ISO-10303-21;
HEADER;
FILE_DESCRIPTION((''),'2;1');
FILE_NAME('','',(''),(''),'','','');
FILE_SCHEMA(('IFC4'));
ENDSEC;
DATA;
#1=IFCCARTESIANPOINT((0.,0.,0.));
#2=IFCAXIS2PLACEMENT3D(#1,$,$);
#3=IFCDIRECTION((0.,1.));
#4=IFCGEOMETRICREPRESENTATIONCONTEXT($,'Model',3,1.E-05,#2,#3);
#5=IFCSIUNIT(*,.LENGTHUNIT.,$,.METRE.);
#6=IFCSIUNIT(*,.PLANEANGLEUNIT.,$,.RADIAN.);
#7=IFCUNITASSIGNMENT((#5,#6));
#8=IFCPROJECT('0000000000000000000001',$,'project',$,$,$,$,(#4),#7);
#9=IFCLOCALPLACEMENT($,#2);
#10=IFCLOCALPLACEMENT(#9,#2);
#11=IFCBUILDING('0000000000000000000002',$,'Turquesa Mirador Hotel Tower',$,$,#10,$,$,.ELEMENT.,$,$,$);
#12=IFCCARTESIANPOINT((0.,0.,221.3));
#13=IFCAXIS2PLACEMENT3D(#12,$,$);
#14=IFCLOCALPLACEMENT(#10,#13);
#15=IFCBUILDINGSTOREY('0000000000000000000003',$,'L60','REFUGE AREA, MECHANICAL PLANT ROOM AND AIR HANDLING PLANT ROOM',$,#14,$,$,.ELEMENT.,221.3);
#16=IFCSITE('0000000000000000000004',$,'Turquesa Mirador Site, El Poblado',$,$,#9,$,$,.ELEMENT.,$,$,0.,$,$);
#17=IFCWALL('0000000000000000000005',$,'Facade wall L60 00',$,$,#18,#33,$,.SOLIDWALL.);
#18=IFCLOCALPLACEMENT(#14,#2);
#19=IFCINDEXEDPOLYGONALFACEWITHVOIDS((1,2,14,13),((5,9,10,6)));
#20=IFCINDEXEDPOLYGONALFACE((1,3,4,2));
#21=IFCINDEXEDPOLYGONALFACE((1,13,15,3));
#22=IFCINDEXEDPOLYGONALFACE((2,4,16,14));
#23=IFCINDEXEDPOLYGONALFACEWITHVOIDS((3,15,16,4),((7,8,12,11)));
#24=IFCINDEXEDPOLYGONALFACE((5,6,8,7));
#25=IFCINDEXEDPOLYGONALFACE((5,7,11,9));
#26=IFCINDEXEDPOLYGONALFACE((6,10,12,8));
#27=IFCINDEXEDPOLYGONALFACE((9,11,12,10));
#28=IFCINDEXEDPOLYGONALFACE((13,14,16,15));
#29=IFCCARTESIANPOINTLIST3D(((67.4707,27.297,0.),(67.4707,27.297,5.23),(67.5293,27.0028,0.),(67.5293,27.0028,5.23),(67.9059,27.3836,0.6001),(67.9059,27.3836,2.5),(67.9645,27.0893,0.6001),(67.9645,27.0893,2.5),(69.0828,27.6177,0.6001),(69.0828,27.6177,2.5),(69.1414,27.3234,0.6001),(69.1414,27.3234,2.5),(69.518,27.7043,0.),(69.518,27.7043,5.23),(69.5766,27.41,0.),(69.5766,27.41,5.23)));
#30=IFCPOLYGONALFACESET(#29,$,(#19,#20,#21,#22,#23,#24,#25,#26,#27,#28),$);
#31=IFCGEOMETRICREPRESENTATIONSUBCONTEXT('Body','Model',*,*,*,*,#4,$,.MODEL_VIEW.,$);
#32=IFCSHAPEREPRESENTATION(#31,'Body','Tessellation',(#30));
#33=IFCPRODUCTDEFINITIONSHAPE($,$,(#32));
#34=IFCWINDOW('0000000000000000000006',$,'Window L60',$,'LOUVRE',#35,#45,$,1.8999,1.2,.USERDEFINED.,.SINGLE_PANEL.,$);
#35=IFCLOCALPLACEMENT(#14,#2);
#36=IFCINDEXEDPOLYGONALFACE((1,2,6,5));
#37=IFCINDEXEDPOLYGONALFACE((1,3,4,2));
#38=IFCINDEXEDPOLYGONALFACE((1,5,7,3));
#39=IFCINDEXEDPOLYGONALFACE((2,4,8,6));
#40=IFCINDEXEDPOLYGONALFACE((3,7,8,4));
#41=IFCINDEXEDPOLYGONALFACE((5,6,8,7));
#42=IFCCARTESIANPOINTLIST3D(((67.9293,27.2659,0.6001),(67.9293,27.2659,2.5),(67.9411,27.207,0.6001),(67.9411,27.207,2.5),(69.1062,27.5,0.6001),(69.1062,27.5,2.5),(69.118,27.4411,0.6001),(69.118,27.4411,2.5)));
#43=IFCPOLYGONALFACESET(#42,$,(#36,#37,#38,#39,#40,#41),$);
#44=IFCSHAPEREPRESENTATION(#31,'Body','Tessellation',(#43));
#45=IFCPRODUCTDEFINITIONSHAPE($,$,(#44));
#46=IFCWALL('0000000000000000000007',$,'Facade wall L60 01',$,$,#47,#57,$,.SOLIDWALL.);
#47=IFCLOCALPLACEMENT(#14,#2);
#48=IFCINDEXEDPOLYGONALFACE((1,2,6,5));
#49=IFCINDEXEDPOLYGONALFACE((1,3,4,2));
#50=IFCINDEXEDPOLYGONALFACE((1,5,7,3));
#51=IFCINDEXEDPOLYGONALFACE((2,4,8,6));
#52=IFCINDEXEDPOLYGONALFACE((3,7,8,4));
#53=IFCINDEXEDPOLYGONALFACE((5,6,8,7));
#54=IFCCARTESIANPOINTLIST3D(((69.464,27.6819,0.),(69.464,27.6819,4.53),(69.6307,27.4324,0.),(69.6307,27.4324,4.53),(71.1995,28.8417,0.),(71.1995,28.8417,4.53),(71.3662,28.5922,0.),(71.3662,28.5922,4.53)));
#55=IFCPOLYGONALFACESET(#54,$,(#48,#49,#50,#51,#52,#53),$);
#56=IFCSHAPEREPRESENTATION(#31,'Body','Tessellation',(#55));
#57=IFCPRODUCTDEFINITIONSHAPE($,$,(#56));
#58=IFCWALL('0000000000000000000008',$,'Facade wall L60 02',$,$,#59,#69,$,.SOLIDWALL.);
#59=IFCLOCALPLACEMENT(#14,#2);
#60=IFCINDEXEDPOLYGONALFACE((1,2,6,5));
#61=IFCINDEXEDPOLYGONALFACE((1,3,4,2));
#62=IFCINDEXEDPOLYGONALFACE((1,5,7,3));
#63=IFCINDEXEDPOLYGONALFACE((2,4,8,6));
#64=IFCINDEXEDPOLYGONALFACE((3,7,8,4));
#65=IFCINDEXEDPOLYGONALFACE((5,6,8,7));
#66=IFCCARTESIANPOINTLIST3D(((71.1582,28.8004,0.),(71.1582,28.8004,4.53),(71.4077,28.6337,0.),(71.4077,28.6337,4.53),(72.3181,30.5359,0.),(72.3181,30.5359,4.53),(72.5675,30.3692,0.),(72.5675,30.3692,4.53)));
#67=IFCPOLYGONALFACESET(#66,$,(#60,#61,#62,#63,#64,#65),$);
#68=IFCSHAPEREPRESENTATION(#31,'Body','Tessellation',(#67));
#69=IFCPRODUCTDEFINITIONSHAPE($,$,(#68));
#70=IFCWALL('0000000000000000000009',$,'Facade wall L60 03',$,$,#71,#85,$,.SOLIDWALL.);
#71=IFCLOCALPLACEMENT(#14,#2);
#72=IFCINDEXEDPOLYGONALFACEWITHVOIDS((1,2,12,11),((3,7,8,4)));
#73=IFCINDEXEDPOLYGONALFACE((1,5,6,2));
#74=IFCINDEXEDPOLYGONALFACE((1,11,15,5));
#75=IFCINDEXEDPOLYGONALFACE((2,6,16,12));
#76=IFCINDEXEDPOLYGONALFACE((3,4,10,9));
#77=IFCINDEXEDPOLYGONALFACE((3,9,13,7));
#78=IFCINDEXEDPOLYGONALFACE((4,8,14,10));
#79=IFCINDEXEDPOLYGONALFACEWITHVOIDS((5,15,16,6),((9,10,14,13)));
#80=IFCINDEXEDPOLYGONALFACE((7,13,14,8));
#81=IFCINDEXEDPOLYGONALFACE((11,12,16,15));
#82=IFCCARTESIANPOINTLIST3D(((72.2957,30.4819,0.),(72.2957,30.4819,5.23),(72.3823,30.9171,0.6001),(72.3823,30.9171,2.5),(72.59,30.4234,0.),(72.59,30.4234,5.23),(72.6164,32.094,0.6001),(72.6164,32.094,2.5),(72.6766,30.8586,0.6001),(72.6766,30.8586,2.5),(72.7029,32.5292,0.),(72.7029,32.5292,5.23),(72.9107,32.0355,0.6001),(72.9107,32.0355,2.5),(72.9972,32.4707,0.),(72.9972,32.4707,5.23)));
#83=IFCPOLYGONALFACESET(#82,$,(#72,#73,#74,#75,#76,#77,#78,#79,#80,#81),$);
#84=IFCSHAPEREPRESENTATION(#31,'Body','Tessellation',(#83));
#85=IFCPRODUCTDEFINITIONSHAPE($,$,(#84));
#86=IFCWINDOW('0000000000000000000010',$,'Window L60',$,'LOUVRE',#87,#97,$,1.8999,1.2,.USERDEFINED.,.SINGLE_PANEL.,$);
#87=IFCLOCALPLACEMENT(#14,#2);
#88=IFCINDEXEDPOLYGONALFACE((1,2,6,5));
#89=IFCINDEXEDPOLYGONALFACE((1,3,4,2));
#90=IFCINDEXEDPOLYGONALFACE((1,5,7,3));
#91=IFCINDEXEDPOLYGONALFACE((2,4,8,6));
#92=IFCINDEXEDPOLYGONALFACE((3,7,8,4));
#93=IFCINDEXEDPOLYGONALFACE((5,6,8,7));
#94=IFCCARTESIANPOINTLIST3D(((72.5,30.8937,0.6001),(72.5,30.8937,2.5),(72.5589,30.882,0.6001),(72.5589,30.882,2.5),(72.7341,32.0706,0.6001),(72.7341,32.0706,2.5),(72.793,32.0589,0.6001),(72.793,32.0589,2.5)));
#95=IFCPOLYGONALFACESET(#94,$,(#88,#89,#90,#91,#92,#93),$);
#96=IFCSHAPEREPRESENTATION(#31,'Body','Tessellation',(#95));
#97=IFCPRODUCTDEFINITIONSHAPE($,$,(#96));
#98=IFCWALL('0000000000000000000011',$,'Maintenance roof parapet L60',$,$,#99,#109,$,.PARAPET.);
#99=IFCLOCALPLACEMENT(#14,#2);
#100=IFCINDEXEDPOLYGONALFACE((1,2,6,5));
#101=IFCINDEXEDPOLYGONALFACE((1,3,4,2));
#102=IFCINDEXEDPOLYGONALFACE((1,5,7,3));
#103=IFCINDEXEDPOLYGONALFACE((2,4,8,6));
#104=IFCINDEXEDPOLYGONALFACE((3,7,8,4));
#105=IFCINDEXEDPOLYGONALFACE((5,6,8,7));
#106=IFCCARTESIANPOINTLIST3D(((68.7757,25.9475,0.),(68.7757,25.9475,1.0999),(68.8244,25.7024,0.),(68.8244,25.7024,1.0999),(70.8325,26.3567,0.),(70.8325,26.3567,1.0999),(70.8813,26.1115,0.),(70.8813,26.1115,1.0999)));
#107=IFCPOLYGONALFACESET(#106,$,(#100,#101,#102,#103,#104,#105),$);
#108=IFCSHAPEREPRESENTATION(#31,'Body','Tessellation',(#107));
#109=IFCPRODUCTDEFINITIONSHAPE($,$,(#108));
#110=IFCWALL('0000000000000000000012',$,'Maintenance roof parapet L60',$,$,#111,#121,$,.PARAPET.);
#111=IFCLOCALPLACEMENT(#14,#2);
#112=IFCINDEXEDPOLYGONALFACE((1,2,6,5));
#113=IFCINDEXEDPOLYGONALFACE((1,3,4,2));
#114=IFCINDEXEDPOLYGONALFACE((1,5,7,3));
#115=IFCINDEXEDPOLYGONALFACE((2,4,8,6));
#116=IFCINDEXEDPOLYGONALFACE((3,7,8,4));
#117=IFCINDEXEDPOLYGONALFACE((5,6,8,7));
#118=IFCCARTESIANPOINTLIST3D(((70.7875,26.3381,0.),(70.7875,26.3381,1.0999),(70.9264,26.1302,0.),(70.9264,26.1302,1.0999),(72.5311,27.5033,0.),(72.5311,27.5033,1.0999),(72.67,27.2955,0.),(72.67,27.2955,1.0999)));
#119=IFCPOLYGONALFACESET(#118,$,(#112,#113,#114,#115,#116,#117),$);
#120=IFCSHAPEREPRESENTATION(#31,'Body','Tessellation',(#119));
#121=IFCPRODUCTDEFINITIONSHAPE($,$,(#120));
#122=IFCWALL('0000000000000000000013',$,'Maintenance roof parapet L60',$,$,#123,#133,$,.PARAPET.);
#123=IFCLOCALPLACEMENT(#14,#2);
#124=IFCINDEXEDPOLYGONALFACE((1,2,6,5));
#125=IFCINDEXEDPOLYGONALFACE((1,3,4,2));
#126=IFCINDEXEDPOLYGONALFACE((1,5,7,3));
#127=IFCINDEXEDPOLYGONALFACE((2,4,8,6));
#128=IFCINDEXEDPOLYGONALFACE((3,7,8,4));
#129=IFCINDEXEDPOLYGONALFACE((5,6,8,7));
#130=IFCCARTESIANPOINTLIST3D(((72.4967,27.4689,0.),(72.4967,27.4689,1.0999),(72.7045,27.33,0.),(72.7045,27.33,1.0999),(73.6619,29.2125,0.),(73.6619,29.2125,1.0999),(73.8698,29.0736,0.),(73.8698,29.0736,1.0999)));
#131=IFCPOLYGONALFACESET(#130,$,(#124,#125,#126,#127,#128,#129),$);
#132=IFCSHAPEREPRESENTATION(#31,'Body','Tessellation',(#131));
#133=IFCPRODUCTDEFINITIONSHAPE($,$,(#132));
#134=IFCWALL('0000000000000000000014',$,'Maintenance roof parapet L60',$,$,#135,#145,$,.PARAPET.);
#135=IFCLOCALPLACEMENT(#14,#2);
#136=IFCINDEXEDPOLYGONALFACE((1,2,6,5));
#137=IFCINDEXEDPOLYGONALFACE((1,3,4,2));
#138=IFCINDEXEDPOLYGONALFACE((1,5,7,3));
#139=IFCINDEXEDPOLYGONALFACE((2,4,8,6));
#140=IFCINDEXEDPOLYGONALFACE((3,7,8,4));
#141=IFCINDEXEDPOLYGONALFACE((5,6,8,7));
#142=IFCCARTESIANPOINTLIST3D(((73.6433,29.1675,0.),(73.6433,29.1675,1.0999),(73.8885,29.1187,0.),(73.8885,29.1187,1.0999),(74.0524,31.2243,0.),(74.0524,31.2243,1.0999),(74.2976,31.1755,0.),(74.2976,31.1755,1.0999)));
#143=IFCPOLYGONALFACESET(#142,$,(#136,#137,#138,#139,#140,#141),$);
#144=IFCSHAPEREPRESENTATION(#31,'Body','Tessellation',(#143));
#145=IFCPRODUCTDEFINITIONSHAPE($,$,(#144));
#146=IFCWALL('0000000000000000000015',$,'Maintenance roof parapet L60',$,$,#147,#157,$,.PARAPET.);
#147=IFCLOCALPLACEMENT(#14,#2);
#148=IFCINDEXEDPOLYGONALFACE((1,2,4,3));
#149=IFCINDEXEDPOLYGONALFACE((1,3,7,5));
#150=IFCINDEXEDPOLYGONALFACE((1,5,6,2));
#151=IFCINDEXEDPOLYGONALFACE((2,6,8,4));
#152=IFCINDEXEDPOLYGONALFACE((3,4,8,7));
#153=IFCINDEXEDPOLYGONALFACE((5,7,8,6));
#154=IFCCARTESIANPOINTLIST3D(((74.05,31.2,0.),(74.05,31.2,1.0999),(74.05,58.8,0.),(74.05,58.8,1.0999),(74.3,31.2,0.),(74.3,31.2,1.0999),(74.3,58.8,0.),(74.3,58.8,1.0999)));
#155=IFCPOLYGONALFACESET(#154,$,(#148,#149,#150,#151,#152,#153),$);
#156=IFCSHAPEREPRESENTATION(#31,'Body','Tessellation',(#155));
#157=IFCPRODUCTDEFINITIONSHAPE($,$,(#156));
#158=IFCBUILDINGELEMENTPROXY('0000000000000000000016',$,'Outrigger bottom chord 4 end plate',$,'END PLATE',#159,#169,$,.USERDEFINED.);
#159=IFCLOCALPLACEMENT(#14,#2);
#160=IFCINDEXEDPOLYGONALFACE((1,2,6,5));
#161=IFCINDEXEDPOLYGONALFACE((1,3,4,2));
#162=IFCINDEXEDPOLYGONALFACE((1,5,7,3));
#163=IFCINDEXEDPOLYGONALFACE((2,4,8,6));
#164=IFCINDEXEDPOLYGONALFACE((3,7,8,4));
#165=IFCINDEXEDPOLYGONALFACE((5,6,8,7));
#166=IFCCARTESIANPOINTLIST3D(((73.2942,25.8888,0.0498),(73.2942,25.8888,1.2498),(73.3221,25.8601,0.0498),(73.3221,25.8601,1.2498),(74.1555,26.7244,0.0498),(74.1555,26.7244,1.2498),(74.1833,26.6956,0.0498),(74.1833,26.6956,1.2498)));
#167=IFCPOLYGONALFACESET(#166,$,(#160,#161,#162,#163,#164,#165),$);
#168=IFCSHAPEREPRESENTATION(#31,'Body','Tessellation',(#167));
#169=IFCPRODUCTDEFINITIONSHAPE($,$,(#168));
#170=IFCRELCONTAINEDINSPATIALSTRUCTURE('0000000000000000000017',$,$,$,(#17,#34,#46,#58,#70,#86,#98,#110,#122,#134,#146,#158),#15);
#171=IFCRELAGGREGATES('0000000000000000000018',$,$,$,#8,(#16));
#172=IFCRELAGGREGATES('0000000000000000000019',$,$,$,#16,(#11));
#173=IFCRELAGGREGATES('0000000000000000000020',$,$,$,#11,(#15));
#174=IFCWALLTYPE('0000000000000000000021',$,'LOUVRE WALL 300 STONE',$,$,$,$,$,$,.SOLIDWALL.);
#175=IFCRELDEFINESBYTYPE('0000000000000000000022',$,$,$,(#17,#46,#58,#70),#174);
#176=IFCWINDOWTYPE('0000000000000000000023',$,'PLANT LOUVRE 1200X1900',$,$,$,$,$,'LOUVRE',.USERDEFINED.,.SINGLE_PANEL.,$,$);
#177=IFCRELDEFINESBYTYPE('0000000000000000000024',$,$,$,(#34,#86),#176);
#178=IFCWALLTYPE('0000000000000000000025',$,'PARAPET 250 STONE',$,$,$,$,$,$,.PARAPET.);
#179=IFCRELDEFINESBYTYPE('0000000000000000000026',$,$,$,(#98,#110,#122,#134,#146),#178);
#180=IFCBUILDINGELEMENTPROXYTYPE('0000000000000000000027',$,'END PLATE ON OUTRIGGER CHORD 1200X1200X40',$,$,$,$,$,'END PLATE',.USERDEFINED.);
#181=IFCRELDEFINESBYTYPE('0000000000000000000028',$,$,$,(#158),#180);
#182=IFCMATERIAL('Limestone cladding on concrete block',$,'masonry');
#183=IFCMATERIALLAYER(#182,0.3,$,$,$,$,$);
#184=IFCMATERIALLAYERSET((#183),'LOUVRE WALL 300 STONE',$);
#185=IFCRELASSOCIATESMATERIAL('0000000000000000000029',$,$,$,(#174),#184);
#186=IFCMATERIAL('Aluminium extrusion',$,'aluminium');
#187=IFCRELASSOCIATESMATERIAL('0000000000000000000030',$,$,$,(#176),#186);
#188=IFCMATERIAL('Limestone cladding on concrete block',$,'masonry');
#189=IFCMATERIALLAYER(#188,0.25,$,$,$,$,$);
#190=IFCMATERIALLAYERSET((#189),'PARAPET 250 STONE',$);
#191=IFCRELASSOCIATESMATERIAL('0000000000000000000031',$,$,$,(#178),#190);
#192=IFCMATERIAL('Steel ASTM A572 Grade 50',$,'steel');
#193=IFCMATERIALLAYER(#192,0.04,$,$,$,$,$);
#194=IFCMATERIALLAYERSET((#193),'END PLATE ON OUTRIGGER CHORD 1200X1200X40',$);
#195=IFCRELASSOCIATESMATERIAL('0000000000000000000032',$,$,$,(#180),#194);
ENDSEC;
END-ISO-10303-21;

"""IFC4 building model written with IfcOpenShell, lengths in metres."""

from ifc_helpers import new_model, si_unit, direction, frame, frame_2d, origin, origin_2d, place, context, subcontext, project, spatial, rectangle, extrude, material, layer, layer_set, type_object, element, fill, save


model = new_model("IFC4")

# Units and contexts
model_context = context("Model", 3, precision=1e-05, world=origin(), true_north=direction((0.0, 1.0)))
body_context = subcontext(model_context, "Body", "Model", "MODEL_VIEW")
ifc_project = project(units=[si_unit("LENGTHUNIT", "METRE"), si_unit("PLANEANGLEUNIT", "RADIAN")], contexts=[model_context])

# Site, building, storey
site_placement = place(None, origin())
site = spatial("IfcSite", under=ifc_project, at=site_placement, Name="Turquesa Mirador Site, El Poblado", CompositionType="ELEMENT", RefElevation=0.0)
building_placement = place(site_placement, origin())
building = spatial("IfcBuilding", under=site, at=building_placement, Name="Turquesa Mirador Hotel Tower", CompositionType="ELEMENT")
storey_placement = place(building_placement, frame((0.0, 0.0, 221.3)))
storey = spatial("IfcBuildingStorey", under=building, at=storey_placement, Name="L60", Description="REFUGE AREA, MECHANICAL PLANT ROOM AND AIR HANDLING PLANT ROOM", CompositionType="ELEMENT", Elevation=221.3)

# Wall, opening, window
ifc_material_1 = material(Name="Limestone cladding on concrete block", Category="masonry")
ifc_layer_1 = layer(ifc_material_1, 0.3)
ifc_layer_set_1 = layer_set([ifc_layer_1], Name="LOUVRE WALL 300 STONE")
wall_type_1 = type_object("IfcWallType", Name="LOUVRE WALL 300 STONE", PredefinedType="SOLIDWALL", material=ifc_layer_set_1)
wall_1_placement = place(storey_placement, frame((67.5, 27.1499, 0.0), z_axis=(0.0, 0.0, 1.0), x_axis=(0.980787, 0.195081, 0.0)))
wall_1 = element("IfcWall", 1, at=wall_1_placement, inside=storey, type_object=wall_type_1, Name="Facade wall L60 00", PredefinedType="SOLIDWALL", context=body_context, shape_type="SweptSolid", body=[
    extrude(rectangle(XDim=2.0874, YDim=0.3, at=frame_2d((1.0437, 0.0))), origin(), (0.0, 0.0, 1.0), 5.23),
])
opening_1_placement = place(wall_1_placement, frame((0.4436, 0.0, 0.6001)))
opening_1 = element("IfcOpeningElement", 2, at=opening_1_placement, cuts=wall_1, PredefinedType="OPENING", context=body_context, shape_type="SweptSolid", body=[
    extrude(rectangle(XDim=1.2, YDim=1.8999, at=frame_2d((0.6001, 0.95))), frame((0.0, 0.1599, 0.0), z_axis=(0.0, -1.0, 0.0), x_axis=(1.0, 0.0, 0.0)), (0.0, 0.0, 1.0), 0.3201),
])
ifc_material_2 = material(Name="Aluminium extrusion", Category="aluminium")
window_type = type_object("IfcWindowType", Name="PLANT LOUVRE 1200X1900", ElementType="LOUVRE", PartitioningType="SINGLE_PANEL", PredefinedType="USERDEFINED", material=ifc_material_2)
window_1_placement = place(opening_1_placement, origin())
window_1 = element("IfcWindow", 3, at=window_1_placement, inside=storey, type_object=window_type, Name="Window L60", ObjectType="LOUVRE", OverallHeight=1.8999, OverallWidth=1.2, PartitioningType="SINGLE_PANEL", PredefinedType="USERDEFINED", context=body_context, shape_type="SweptSolid", body=[
    extrude(rectangle(XDim=1.2, YDim=1.8999, at=frame_2d((0.6001, 0.95))), frame((0.0, 0.03, 0.0), z_axis=(0.0, -1.0, 0.0), x_axis=(1.0, 0.0, 0.0)), (0.0, 0.0, 1.0), 0.0601),
])
fill(opening_1, window_1)

# Walls
for number, where, z_axis, x_axis, name in (
    (4, (69.5474, 27.5571, 0.0), (0.0, 0.0, 1.0), (0.83142, 0.555644, 0.0), "Facade wall L60 01"),
    (5, (71.283, 28.717, 0.0), (0.0, 0.0, 1.0), (0.555644, 0.83142, 0.0), "Facade wall L60 02"),
):
    element("IfcWall", number, at=place(storey_placement, frame(where, z_axis=z_axis, x_axis=x_axis)), inside=storey, type_object=wall_type_1, Name=name, PredefinedType="SOLIDWALL", context=body_context, shape_type="SweptSolid", body=[
        extrude(rectangle(XDim=2.0874, YDim=0.3, at=frame_2d((1.0437, 0.0))), origin(), (0.0, 0.0, 1.0), 4.53),
    ])

# Wall, opening, window
wall_2_placement = place(storey_placement, frame((72.4429, 30.4526, 0.0), z_axis=(0.0, 0.0, 1.0), x_axis=(0.195081, 0.980787, 0.0)))
wall_2 = element("IfcWall", 6, at=wall_2_placement, inside=storey, type_object=wall_type_1, Name="Facade wall L60 03", PredefinedType="SOLIDWALL", context=body_context, shape_type="SweptSolid", body=[
    extrude(rectangle(XDim=2.0874, YDim=0.3, at=frame_2d((1.0437, 0.0))), origin(), (0.0, 0.0, 1.0), 5.23),
])
opening_2_placement = place(wall_2_placement, frame((0.4436, 0.0, 0.6001)))
opening_2 = element("IfcOpeningElement", 7, at=opening_2_placement, cuts=wall_2, PredefinedType="OPENING", context=body_context, shape_type="SweptSolid", body=[
    extrude(rectangle(XDim=1.2, YDim=1.8999, at=frame_2d((0.6001, 0.95))), frame((0.0, 0.1599, 0.0), z_axis=(0.0, -1.0, 0.0), x_axis=(1.0, 0.0, 0.0)), (0.0, 0.0, 1.0), 0.3201),
])
window_2_placement = place(opening_2_placement, origin())
window_2 = element("IfcWindow", 8, at=window_2_placement, inside=storey, type_object=window_type, Name="Window L60", ObjectType="LOUVRE", OverallHeight=1.8999, OverallWidth=1.2, PartitioningType="SINGLE_PANEL", PredefinedType="USERDEFINED", context=body_context, shape_type="SweptSolid", body=[
    extrude(rectangle(XDim=1.2, YDim=1.8999, at=frame_2d((0.6001, 0.95))), frame((0.0, 0.03, 0.0), z_axis=(0.0, -1.0, 0.0), x_axis=(1.0, 0.0, 0.0)), (0.0, 0.0, 1.0), 0.0601),
])
fill(opening_2, window_2)

# Walls
ifc_material_3 = material(Name="Limestone cladding on concrete block", Category="masonry")
ifc_layer_2 = layer(ifc_material_3, 0.25)
ifc_layer_set_2 = layer_set([ifc_layer_2], Name="PARAPET 250 STONE")
wall_type_2 = type_object("IfcWallType", Name="PARAPET 250 STONE", PredefinedType="PARAPET", material=ifc_layer_set_2)
for number, where, z_axis, x_axis, name in (
    (9, (68.8, 25.825, 0.0), (0.0, 0.0, 1.0), (0.980782, 0.195109, 0.0), "Maintenance roof parapet L60"),
    (10, (70.8569, 26.2341, 0.0), (0.0, 0.0, 1.0), (0.831423, 0.55564, 0.0), "Maintenance roof parapet L60"),
    (11, (72.6006, 27.3994, 0.0), (0.0, 0.0, 1.0), (0.55564, 0.831423, 0.0), "Maintenance roof parapet L60"),
    (12, (73.7659, 29.1431, 0.0), (0.0, 0.0, 1.0), (0.195109, 0.980782, 0.0), "Maintenance roof parapet L60"),
):
    element("IfcWall", number, at=place(storey_placement, frame(where, z_axis=z_axis, x_axis=x_axis)), inside=storey, type_object=wall_type_2, Name=name, PredefinedType="PARAPET", context=body_context, shape_type="SweptSolid", body=[
        extrude(rectangle(XDim=2.0972, YDim=0.25, at=frame_2d((1.0486, 0.0))), origin(), (0.0, 0.0, 1.0), 1.0999),
    ])
wall_3_placement = place(storey_placement, frame((74.175, 31.2, 0.0), z_axis=(0.0, 0.0, 1.0), x_axis=(0.0, 1.0, 0.0)))
element("IfcWall", 13, at=wall_3_placement, inside=storey, type_object=wall_type_2, Name="Maintenance roof parapet L60", PredefinedType="PARAPET", context=body_context, shape_type="SweptSolid", body=[
    extrude(rectangle(XDim=27.6001, YDim=0.25, at=frame_2d((13.8, 0.0))), origin(), (0.0, 0.0, 1.0), 1.0999),
])

# Building element proxy
ifc_material_4 = material(Name="Steel ASTM A572 Grade 50", Category="steel")
ifc_layer_3 = layer(ifc_material_4, 0.04)
ifc_layer_set_3 = layer_set([ifc_layer_3], Name="END PLATE ON OUTRIGGER CHORD 1200X1200X40")
building_element_proxy_type = type_object("IfcBuildingElementProxyType", Name="END PLATE ON OUTRIGGER CHORD 1200X1200X40", ElementType="END PLATE", PredefinedType="USERDEFINED", material=ifc_layer_set_3)
proxy_placement = place(storey_placement, frame((73.7388, 26.2922, 0.0498), z_axis=(0.0, 0.0, 1.0), x_axis=(0.696306, -0.717745, 0.0)))
element("IfcBuildingElementProxy", 14, at=proxy_placement, inside=storey, type_object=building_element_proxy_type, Name="Outrigger bottom chord 4 end plate", ObjectType="END PLATE", PredefinedType="USERDEFINED", context=body_context, shape_type="SweptSolid", body=[
    extrude(rectangle(XDim=0.04, YDim=1.2, at=origin_2d()), origin(), (0.0, 0.0, 1.0), 1.2),
])

save(model, "model.ifc")
